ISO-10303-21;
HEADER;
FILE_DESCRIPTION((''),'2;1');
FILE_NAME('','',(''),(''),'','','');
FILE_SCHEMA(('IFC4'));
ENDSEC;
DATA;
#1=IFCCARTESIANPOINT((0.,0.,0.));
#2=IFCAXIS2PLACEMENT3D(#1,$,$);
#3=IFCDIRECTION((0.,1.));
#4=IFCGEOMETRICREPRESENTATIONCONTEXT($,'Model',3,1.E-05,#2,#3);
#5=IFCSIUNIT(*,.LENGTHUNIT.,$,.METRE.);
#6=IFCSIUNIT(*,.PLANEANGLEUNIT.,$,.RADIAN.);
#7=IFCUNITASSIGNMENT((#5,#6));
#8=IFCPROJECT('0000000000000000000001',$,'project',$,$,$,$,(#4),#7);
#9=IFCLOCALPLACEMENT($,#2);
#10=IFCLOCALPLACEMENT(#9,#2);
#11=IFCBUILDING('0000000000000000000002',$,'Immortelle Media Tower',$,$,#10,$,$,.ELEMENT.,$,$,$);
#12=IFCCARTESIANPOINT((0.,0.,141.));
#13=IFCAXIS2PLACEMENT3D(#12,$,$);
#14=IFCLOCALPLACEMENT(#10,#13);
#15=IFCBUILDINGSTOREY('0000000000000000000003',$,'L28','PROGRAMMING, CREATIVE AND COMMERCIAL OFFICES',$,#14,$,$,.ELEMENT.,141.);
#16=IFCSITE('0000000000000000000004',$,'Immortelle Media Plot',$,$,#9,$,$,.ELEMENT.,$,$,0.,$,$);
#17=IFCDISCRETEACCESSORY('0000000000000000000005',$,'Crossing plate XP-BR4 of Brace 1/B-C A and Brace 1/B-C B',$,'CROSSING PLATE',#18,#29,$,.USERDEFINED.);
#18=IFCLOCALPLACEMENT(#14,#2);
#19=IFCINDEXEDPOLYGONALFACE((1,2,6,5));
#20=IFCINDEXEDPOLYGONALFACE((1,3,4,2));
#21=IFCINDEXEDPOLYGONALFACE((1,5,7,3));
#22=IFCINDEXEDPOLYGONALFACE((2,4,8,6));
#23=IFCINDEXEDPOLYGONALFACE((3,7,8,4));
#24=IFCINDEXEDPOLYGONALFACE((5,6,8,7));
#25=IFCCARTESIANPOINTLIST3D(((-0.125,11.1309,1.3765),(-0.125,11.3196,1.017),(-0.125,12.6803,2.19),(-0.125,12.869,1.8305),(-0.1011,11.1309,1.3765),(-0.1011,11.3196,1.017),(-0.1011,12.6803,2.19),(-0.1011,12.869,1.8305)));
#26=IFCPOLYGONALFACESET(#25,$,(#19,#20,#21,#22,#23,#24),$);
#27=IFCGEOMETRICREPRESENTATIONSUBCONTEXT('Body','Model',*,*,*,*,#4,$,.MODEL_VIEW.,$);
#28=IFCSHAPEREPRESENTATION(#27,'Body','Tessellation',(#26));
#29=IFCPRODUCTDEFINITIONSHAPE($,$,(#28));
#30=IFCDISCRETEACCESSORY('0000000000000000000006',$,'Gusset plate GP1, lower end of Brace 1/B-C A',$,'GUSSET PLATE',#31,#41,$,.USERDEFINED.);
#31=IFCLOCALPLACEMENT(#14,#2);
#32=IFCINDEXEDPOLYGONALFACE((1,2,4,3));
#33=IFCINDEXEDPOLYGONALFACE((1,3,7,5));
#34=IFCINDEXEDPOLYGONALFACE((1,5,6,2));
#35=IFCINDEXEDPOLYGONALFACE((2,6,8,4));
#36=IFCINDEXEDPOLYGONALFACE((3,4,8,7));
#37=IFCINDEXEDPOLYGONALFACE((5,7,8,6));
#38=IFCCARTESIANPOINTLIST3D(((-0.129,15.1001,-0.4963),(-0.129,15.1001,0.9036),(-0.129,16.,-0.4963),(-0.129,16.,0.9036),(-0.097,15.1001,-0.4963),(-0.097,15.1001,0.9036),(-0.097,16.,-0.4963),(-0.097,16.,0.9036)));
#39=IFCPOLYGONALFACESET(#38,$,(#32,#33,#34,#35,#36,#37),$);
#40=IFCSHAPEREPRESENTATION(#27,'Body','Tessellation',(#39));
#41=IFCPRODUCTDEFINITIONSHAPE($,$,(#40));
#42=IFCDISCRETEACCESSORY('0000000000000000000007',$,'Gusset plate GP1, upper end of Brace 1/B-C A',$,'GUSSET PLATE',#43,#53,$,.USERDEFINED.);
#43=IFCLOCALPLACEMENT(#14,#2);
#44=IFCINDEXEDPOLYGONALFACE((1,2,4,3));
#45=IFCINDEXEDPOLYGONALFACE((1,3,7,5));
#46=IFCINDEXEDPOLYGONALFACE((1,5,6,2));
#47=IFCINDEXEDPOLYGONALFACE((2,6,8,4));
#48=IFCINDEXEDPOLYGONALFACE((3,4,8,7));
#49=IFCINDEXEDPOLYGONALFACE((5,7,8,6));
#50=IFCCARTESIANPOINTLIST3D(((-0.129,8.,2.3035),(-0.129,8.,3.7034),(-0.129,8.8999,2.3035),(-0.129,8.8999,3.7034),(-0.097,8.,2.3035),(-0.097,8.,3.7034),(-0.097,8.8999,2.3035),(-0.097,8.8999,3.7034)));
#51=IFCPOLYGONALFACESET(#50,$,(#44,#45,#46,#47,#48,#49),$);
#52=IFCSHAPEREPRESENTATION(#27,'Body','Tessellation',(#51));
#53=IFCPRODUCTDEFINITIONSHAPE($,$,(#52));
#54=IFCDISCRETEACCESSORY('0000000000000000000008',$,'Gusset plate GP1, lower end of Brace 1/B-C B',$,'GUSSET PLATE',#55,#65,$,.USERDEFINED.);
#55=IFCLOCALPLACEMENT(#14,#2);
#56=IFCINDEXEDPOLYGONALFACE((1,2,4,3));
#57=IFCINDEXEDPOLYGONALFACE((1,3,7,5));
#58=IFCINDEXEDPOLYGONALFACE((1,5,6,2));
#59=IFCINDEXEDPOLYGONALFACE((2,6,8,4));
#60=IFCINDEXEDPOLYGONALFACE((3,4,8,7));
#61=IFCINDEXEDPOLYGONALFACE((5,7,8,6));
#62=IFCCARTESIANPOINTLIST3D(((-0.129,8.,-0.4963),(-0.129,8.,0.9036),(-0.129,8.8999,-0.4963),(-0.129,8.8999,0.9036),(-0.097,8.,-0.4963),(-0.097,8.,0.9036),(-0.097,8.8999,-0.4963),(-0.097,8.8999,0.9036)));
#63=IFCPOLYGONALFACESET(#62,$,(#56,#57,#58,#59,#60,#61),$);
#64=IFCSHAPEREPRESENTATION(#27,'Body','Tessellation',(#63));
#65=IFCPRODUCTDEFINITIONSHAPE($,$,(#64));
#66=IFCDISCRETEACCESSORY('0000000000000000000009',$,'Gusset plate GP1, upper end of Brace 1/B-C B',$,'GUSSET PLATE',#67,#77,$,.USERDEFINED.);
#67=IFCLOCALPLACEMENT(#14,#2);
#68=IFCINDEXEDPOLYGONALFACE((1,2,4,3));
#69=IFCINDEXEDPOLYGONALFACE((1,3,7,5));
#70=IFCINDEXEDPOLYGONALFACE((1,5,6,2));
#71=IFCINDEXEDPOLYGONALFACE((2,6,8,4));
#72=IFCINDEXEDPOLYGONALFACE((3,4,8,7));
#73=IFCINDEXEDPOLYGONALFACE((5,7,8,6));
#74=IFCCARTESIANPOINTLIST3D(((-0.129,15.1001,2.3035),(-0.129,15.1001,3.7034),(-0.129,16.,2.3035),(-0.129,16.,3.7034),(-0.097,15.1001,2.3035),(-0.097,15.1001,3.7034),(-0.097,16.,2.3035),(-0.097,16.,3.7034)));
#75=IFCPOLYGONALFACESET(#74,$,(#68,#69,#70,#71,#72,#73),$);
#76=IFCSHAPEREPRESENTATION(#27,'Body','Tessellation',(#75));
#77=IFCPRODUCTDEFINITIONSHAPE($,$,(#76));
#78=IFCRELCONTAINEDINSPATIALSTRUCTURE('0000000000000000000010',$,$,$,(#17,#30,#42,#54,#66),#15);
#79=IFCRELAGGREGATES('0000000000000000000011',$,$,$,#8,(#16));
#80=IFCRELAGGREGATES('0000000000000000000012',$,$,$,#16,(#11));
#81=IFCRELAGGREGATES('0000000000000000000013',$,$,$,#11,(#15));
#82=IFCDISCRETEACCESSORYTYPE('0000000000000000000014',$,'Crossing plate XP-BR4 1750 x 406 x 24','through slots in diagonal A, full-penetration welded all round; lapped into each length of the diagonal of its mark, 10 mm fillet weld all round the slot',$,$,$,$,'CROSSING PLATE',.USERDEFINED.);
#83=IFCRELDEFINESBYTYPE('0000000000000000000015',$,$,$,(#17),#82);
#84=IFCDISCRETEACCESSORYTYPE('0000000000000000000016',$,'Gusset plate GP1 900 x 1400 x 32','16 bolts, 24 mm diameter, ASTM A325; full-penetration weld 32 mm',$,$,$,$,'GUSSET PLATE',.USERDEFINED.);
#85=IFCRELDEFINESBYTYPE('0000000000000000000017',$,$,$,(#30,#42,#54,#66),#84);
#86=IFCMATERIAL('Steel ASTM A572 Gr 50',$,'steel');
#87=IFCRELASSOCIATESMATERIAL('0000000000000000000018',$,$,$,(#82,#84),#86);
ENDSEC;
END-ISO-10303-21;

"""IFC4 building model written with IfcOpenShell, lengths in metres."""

from ifc_helpers import new_model, si_unit, direction, frame, origin, origin_2d, place, context, subcontext, project, spatial, rectangle, extrude, material, material_profile, profile_set, type_object, element, save


model = new_model("IFC4")

# Units and contexts
model_context = context("Model", 3, precision=1e-05, world=origin(), true_north=direction((0.0, 1.0)))
body_context = subcontext(model_context, "Body", "Model", "MODEL_VIEW")
ifc_project = project(units=[si_unit("LENGTHUNIT", "METRE"), si_unit("PLANEANGLEUNIT", "RADIAN")], contexts=[model_context])

# Site, building, storey
site_placement = place(None, origin())
site = spatial("IfcSite", under=ifc_project, at=site_placement, Name="Immortelle Media Plot", CompositionType="ELEMENT", RefElevation=0.0)
building_placement = place(site_placement, origin())
building = spatial("IfcBuilding", under=site, at=building_placement, Name="Immortelle Media Tower", CompositionType="ELEMENT")
storey_placement = place(building_placement, frame((0.0, 0.0, 141.0)))
storey = spatial("IfcBuildingStorey", under=building, at=storey_placement, Name="L28", Description="PROGRAMMING, CREATIVE AND COMMERCIAL OFFICES", CompositionType="ELEMENT", Elevation=141.0)

# Discrete accessories
ifc_material_1 = material(Name="Steel ASTM A572 Gr 50", Category="steel")
ifc_material_profile_1 = material_profile(ifc_material_1, rectangle(XDim=0.0239, YDim=0.406, at=origin_2d()), Name="PL 24 x 406")
ifc_profile_set_1 = profile_set([ifc_material_profile_1], Name="Steel ASTM A572 Gr 50")
discrete_accessory_type_1 = type_object("IfcDiscreteAccessoryType", Name="Crossing plate XP-BR4 1750 x 406 x 24", Description="through slots in diagonal A, full-penetration welded all round; lapped into each length of the diagonal of its mark, 10 mm fillet weld all round the slot", ElementType="CROSSING PLATE", PredefinedType="USERDEFINED", material=ifc_profile_set_1)
discrete_accessory_placement = place(storey_placement, frame((-0.113, 12.7747, 2.0103), z_axis=(0.0, -0.885378, -0.464872), x_axis=(1.0, 0.0, 0.0)))
element("IfcDiscreteAccessory", 1, at=discrete_accessory_placement, inside=storey, type_object=discrete_accessory_type_1, Name="Crossing plate XP-BR4 of Brace 1/B-C A and Brace 1/B-C B", ObjectType="CROSSING PLATE", PredefinedType="USERDEFINED", context=body_context, shape_type="SweptSolid", body=[
    extrude(rectangle(XDim=0.0239, YDim=0.406, at=origin_2d()), origin(), (0.0, 0.0, 1.0), 1.75),
])
ifc_material_profile_2 = material_profile(ifc_material_1, rectangle(XDim=0.032, YDim=1.3999, at=origin_2d()), Name="PL 32 x 1400")
ifc_profile_set_2 = profile_set([ifc_material_profile_2], Name="Steel ASTM A572 Gr 50")
discrete_accessory_type_2 = type_object("IfcDiscreteAccessoryType", Name="Gusset plate GP1 900 x 1400 x 32", Description="16 bolts, 24 mm diameter, ASTM A325; full-penetration weld 32 mm", ElementType="GUSSET PLATE", PredefinedType="USERDEFINED", material=ifc_profile_set_2)
for number, where, z_axis, x_axis, name in (
    (2, (-0.113, 16.0, 0.2036), (0.0, -1.0, 0.0), (1.0, 0.0, 0.0), "Gusset plate GP1, lower end of Brace 1/B-C A"),
    (3, (-0.113, 8.0, 3.0034), (0.0, 1.0, 0.0), (-1.0, 0.0, 0.0), "Gusset plate GP1, upper end of Brace 1/B-C A"),
    (4, (-0.113, 8.0, 0.2036), (0.0, 1.0, 0.0), (-1.0, 0.0, 0.0), "Gusset plate GP1, lower end of Brace 1/B-C B"),
    (5, (-0.113, 16.0, 3.0034), (0.0, -1.0, 0.0), (1.0, 0.0, 0.0), "Gusset plate GP1, upper end of Brace 1/B-C B"),
):
    element("IfcDiscreteAccessory", number, at=place(storey_placement, frame(where, z_axis=z_axis, x_axis=x_axis)), inside=storey, type_object=discrete_accessory_type_2, Name=name, ObjectType="GUSSET PLATE", PredefinedType="USERDEFINED", context=body_context, shape_type="SweptSolid", body=[
        extrude(rectangle(XDim=0.032, YDim=1.3999, at=origin_2d()), origin(), (0.0, 0.0, 1.0), 0.8999),
    ])

save(model, "model.ifc")
